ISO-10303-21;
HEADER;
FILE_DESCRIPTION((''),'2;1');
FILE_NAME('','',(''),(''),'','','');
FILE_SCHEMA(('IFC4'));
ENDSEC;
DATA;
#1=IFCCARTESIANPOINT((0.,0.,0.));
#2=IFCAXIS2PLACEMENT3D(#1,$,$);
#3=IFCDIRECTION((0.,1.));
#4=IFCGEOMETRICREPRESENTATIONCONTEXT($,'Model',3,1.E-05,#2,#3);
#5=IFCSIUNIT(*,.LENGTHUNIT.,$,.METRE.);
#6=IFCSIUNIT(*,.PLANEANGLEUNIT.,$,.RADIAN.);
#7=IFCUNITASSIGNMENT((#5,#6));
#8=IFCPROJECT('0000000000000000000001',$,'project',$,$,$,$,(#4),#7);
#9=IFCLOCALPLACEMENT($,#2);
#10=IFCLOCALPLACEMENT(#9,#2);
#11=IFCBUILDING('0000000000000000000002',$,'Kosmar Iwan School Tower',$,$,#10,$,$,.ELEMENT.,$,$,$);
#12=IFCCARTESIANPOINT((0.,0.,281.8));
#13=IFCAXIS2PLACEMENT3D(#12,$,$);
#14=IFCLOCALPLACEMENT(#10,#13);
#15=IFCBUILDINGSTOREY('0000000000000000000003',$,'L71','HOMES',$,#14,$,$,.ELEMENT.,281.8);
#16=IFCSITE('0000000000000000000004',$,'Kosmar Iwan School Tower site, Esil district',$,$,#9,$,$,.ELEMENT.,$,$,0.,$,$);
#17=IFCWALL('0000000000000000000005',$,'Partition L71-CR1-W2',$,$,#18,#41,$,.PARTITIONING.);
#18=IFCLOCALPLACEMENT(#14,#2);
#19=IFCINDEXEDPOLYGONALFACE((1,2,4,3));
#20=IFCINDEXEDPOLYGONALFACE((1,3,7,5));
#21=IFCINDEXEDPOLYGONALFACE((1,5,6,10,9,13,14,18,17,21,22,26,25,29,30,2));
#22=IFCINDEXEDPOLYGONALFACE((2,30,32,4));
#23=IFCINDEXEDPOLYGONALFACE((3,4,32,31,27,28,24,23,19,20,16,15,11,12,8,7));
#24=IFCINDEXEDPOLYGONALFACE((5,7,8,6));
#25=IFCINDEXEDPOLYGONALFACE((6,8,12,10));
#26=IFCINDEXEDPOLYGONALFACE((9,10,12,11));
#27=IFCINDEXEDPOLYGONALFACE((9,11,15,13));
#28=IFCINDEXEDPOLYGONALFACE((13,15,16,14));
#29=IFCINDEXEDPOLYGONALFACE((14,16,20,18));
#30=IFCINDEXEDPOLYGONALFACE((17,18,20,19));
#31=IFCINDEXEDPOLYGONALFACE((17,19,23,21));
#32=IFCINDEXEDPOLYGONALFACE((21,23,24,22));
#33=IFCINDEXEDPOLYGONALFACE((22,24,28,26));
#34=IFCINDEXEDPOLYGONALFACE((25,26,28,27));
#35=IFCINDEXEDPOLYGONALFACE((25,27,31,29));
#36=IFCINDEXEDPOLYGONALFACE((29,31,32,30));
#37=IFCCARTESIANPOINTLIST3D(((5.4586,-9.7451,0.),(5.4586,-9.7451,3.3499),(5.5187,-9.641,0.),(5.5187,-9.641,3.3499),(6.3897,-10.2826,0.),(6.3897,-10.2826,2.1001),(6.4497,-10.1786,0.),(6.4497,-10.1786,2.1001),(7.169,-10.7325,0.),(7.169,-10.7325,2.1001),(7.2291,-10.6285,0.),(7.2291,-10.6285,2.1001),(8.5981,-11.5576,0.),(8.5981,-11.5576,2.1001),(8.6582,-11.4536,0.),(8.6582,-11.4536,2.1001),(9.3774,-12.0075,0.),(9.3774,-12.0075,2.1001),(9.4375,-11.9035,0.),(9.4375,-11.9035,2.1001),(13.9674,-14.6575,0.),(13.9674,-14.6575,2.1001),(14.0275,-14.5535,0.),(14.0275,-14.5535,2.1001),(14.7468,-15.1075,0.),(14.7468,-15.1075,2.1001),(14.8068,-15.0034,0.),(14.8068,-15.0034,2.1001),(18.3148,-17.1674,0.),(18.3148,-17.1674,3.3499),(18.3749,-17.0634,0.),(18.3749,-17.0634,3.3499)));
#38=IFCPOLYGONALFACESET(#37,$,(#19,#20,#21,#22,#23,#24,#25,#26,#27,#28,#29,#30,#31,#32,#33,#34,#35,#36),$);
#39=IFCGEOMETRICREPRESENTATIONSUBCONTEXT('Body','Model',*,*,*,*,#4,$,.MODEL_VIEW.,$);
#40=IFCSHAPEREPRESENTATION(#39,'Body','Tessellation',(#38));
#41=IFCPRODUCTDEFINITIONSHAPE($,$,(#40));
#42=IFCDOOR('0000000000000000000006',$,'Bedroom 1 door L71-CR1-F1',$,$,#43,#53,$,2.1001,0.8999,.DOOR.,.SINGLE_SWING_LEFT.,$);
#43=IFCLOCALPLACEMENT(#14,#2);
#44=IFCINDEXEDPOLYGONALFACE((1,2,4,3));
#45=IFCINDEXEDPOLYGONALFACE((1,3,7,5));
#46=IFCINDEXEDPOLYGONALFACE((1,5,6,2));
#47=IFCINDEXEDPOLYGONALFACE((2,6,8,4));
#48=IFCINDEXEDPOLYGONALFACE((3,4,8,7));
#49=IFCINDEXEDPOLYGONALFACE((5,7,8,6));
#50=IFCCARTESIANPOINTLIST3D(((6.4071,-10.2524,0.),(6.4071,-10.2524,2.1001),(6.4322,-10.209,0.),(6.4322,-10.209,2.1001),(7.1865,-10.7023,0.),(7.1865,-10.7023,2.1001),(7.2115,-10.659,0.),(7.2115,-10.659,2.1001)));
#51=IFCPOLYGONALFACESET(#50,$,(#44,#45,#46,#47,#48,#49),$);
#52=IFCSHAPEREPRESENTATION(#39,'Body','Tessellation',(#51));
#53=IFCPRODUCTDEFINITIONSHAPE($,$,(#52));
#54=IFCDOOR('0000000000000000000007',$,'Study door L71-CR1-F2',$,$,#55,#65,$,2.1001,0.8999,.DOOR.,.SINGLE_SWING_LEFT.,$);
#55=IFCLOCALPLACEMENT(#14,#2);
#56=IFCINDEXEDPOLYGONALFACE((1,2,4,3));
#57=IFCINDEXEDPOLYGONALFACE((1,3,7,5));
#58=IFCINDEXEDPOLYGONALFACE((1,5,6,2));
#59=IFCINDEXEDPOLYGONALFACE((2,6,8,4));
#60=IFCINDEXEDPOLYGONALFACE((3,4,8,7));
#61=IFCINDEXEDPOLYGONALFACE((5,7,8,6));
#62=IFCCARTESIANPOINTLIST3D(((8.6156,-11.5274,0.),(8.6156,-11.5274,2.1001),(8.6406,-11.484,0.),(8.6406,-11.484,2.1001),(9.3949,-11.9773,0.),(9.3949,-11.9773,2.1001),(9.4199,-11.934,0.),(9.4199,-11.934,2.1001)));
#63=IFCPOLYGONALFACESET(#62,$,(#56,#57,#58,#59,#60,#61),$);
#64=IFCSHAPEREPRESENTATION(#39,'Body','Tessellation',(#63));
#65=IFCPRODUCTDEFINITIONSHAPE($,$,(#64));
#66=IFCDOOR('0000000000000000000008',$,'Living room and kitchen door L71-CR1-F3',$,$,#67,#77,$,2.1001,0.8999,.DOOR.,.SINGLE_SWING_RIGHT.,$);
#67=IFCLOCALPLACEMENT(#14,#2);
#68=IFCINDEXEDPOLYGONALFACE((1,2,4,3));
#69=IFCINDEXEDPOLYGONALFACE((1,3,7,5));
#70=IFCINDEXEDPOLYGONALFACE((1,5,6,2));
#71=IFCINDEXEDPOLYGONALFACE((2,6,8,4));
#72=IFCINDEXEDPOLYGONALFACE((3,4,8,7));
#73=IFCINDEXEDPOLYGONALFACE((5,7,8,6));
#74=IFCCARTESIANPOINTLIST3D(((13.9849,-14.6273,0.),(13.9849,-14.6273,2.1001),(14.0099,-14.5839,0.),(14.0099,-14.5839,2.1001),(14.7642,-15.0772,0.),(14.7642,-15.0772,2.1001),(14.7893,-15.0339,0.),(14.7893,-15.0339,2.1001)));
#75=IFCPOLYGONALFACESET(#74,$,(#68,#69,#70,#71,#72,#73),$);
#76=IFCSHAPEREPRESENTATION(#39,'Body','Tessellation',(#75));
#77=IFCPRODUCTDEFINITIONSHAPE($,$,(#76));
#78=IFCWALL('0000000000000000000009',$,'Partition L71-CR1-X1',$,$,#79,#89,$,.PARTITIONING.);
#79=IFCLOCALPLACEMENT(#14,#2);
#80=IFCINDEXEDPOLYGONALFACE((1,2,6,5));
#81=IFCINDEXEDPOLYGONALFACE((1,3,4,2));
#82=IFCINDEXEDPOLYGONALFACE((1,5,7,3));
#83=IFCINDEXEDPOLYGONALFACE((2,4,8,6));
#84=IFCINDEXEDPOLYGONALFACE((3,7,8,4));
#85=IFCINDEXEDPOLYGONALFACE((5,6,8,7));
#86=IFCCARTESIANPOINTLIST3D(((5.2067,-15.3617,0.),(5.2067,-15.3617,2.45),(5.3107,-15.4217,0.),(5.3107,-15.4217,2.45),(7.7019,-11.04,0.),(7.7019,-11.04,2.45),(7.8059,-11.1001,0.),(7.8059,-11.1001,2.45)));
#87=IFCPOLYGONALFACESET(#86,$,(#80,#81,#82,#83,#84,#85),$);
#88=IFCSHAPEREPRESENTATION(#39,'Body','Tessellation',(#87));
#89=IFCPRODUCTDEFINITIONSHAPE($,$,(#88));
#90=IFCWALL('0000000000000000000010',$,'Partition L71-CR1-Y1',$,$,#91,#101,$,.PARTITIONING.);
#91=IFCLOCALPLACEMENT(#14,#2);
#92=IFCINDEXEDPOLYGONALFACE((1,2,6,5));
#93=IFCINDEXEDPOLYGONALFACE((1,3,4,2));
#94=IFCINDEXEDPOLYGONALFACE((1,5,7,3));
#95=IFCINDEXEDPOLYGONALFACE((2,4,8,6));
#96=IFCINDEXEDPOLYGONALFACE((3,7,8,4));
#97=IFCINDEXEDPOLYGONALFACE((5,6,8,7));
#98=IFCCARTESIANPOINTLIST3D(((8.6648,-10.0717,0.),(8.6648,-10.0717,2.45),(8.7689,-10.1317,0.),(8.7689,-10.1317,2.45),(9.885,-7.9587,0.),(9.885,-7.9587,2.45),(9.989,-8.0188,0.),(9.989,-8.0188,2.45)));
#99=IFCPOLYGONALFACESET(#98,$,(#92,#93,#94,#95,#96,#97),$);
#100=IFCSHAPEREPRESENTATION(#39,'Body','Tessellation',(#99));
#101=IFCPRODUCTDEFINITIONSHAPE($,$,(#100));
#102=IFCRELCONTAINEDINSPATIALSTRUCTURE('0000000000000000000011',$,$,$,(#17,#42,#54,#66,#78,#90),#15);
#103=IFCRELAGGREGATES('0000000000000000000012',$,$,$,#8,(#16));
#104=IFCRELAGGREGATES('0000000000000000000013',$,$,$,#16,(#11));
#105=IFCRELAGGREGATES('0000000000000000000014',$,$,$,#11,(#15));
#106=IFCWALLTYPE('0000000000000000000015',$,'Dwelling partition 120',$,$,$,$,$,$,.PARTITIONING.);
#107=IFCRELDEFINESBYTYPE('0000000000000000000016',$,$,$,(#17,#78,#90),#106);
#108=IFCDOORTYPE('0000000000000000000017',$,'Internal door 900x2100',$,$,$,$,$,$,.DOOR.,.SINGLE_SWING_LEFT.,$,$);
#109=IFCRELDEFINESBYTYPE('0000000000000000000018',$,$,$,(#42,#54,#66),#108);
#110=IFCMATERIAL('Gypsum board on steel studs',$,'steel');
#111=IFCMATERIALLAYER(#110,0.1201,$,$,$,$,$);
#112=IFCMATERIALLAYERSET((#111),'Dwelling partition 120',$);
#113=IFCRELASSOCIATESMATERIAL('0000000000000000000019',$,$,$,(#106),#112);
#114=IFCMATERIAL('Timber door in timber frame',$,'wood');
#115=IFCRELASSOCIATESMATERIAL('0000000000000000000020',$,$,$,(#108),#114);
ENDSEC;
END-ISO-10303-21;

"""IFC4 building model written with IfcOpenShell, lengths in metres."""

from ifc_helpers import new_model, si_unit, direction, frame, frame_2d, origin, place, context, subcontext, project, spatial, rectangle, extrude, material, layer, layer_set, type_object, element, fill, save


model = new_model("IFC4")

# Units and contexts
model_context = context("Model", 3, precision=1e-05, world=origin(), true_north=direction((0.0, 1.0)))
body_context = subcontext(model_context, "Body", "Model", "MODEL_VIEW")
ifc_project = project(units=[si_unit("LENGTHUNIT", "METRE"), si_unit("PLANEANGLEUNIT", "RADIAN")], contexts=[model_context])

# Site, building, storey
site_placement = place(None, origin())
site = spatial("IfcSite", under=ifc_project, at=site_placement, Name="Kosmar Iwan School Tower site, Esil district", CompositionType="ELEMENT", RefElevation=0.0)
building_placement = place(site_placement, origin())
building = spatial("IfcBuilding", under=site, at=building_placement, Name="Kosmar Iwan School Tower", CompositionType="ELEMENT")
storey_placement = place(building_placement, frame((0.0, 0.0, 281.8)))
storey = spatial("IfcBuildingStorey", under=building, at=storey_placement, Name="L71", Description="HOMES", CompositionType="ELEMENT", Elevation=281.8)

# Shared definitions
ifc_material_1 = material(Name="Gypsum board on steel studs", Category="steel")
ifc_layer_1 = layer(ifc_material_1, 0.1201)
ifc_layer_set_1 = layer_set([ifc_layer_1], Name="Dwelling partition 120")
wall_type_1 = type_object("IfcWallType", Name="Dwelling partition 120", PredefinedType="PARTITIONING", material=ifc_layer_set_1)

# Wall, openings, doors
ifc_material_2 = material(Name="Timber door in timber frame", Category="wood")
door_type_1 = type_object("IfcDoorType", Name="Internal door 900x2100", OperationType="SINGLE_SWING_LEFT", PredefinedType="DOOR", material=ifc_material_2)
wall_1_placement = place(storey_placement, frame((5.4888, -9.6931, 0.0), z_axis=(0.0, 0.0, 1.0), x_axis=(0.86603, -0.499992, 0.0)))
wall_1 = element("IfcWall", 1, at=wall_1_placement, inside=storey, type_object=wall_type_1, Name="Partition L71-CR1-W2", PredefinedType="PARTITIONING", context=body_context, shape_type="SweptSolid", body=[
    extrude(rectangle(XDim=14.845, YDim=0.1201, at=frame_2d((7.4224, 0.0))), origin(), (0.0, 0.0, 1.0), 3.3499),
])
opening_1_placement = place(wall_1_placement, frame((1.075, 0.0, 0.0)))
opening_1 = element("IfcOpeningElement", 2, at=opening_1_placement, cuts=wall_1, PredefinedType="OPENING", context=body_context, shape_type="SweptSolid", body=[
    extrude(rectangle(XDim=0.8999, YDim=2.1001, at=frame_2d((0.45, 1.05))), frame((0.0, 0.072, 0.0), z_axis=(0.0, -1.0, 0.0), x_axis=(1.0, 0.0, 0.0)), (0.0, 0.0, 1.0), 0.144),
])
opening_2_placement = place(wall_1_placement, frame((3.625, 0.0, 0.0)))
opening_2 = element("IfcOpeningElement", 3, at=opening_2_placement, cuts=wall_1, PredefinedType="OPENING", context=body_context, shape_type="SweptSolid", body=[
    extrude(rectangle(XDim=0.8999, YDim=2.1001, at=frame_2d((0.45, 1.05))), frame((0.0, 0.072, 0.0), z_axis=(0.0, -1.0, 0.0), x_axis=(1.0, 0.0, 0.0)), (0.0, 0.0, 1.0), 0.144),
])
opening_3_placement = place(wall_1_placement, frame((9.825, 0.0, 0.0)))
opening_3 = element("IfcOpeningElement", 4, at=opening_3_placement, cuts=wall_1, PredefinedType="OPENING", context=body_context, shape_type="SweptSolid", body=[
    extrude(rectangle(XDim=0.8999, YDim=2.1001, at=frame_2d((0.45, 1.05))), frame((0.0, 0.072, 0.0), z_axis=(0.0, -1.0, 0.0), x_axis=(1.0, 0.0, 0.0)), (0.0, 0.0, 1.0), 0.144),
])
door_1_placement = place(opening_1_placement, origin())
door_1 = element("IfcDoor", 5, at=door_1_placement, inside=storey, type_object=door_type_1, Name="Bedroom 1 door L71-CR1-F1", OperationType="SINGLE_SWING_LEFT", OverallHeight=2.1001, OverallWidth=0.8999, PredefinedType="DOOR", context=body_context, shape_type="SweptSolid", body=[
    extrude(rectangle(XDim=0.8999, YDim=2.1001, at=frame_2d((0.45, 1.05))), frame((0.0, 0.0249, 0.0), z_axis=(0.0, -1.0, 0.0), x_axis=(1.0, 0.0, 0.0)), (0.0, 0.0, 1.0), 0.05),
])
fill(opening_1, door_1)
door_2_placement = place(opening_2_placement, origin())
door_2 = element("IfcDoor", 6, at=door_2_placement, inside=storey, type_object=door_type_1, Name="Study door L71-CR1-F2", OperationType="SINGLE_SWING_LEFT", OverallHeight=2.1001, OverallWidth=0.8999, PredefinedType="DOOR", context=body_context, shape_type="SweptSolid", body=[
    extrude(rectangle(XDim=0.8999, YDim=2.1001, at=frame_2d((0.45, 1.05))), frame((0.0, 0.0249, 0.0), z_axis=(0.0, -1.0, 0.0), x_axis=(1.0, 0.0, 0.0)), (0.0, 0.0, 1.0), 0.05),
])
fill(opening_2, door_2)
door_3_placement = place(opening_3_placement, origin())
door_3 = element("IfcDoor", 7, at=door_3_placement, inside=storey, type_object=door_type_1, Name="Living room and kitchen door L71-CR1-F3", OperationType="SINGLE_SWING_RIGHT", OverallHeight=2.1001, OverallWidth=0.8999, PredefinedType="DOOR", context=body_context, shape_type="SweptSolid", body=[
    extrude(rectangle(XDim=0.8999, YDim=2.1001, at=frame_2d((0.45, 1.05))), frame((0.0, 0.0249, 0.0), z_axis=(0.0, -1.0, 0.0), x_axis=(1.0, 0.0, 0.0)), (0.0, 0.0, 1.0), 0.05),
])
fill(opening_3, door_3)

# Walls
wall_2_placement = place(storey_placement, frame((7.7539, -11.0701, 0.0), z_axis=(0.0, 0.0, 1.0), x_axis=(-0.500012, -0.866019, 0.0)))
element("IfcWall", 8, at=wall_2_placement, inside=storey, type_object=wall_type_1, Name="Partition L71-CR1-X1", PredefinedType="PARTITIONING", context=body_context, shape_type="SweptSolid", body=[
    extrude(rectangle(XDim=4.9902, YDim=0.1201, at=frame_2d((2.4951, 0.0))), origin(), (0.0, 0.0, 1.0), 2.45),
])
wall_3_placement = place(storey_placement, frame((9.937, -7.9888, 0.0), z_axis=(0.0, 0.0, 1.0), x_axis=(-0.500078, -0.865981, 0.0)))
element("IfcWall", 9, at=wall_3_placement, inside=storey, type_object=wall_type_1, Name="Partition L71-CR1-Y1", PredefinedType="PARTITIONING", context=body_context, shape_type="SweptSolid", body=[
    extrude(rectangle(XDim=2.4399, YDim=0.1201, at=frame_2d((1.22, 0.0))), origin(), (0.0, 0.0, 1.0), 2.45),
])

save(model, "model.ifc")
